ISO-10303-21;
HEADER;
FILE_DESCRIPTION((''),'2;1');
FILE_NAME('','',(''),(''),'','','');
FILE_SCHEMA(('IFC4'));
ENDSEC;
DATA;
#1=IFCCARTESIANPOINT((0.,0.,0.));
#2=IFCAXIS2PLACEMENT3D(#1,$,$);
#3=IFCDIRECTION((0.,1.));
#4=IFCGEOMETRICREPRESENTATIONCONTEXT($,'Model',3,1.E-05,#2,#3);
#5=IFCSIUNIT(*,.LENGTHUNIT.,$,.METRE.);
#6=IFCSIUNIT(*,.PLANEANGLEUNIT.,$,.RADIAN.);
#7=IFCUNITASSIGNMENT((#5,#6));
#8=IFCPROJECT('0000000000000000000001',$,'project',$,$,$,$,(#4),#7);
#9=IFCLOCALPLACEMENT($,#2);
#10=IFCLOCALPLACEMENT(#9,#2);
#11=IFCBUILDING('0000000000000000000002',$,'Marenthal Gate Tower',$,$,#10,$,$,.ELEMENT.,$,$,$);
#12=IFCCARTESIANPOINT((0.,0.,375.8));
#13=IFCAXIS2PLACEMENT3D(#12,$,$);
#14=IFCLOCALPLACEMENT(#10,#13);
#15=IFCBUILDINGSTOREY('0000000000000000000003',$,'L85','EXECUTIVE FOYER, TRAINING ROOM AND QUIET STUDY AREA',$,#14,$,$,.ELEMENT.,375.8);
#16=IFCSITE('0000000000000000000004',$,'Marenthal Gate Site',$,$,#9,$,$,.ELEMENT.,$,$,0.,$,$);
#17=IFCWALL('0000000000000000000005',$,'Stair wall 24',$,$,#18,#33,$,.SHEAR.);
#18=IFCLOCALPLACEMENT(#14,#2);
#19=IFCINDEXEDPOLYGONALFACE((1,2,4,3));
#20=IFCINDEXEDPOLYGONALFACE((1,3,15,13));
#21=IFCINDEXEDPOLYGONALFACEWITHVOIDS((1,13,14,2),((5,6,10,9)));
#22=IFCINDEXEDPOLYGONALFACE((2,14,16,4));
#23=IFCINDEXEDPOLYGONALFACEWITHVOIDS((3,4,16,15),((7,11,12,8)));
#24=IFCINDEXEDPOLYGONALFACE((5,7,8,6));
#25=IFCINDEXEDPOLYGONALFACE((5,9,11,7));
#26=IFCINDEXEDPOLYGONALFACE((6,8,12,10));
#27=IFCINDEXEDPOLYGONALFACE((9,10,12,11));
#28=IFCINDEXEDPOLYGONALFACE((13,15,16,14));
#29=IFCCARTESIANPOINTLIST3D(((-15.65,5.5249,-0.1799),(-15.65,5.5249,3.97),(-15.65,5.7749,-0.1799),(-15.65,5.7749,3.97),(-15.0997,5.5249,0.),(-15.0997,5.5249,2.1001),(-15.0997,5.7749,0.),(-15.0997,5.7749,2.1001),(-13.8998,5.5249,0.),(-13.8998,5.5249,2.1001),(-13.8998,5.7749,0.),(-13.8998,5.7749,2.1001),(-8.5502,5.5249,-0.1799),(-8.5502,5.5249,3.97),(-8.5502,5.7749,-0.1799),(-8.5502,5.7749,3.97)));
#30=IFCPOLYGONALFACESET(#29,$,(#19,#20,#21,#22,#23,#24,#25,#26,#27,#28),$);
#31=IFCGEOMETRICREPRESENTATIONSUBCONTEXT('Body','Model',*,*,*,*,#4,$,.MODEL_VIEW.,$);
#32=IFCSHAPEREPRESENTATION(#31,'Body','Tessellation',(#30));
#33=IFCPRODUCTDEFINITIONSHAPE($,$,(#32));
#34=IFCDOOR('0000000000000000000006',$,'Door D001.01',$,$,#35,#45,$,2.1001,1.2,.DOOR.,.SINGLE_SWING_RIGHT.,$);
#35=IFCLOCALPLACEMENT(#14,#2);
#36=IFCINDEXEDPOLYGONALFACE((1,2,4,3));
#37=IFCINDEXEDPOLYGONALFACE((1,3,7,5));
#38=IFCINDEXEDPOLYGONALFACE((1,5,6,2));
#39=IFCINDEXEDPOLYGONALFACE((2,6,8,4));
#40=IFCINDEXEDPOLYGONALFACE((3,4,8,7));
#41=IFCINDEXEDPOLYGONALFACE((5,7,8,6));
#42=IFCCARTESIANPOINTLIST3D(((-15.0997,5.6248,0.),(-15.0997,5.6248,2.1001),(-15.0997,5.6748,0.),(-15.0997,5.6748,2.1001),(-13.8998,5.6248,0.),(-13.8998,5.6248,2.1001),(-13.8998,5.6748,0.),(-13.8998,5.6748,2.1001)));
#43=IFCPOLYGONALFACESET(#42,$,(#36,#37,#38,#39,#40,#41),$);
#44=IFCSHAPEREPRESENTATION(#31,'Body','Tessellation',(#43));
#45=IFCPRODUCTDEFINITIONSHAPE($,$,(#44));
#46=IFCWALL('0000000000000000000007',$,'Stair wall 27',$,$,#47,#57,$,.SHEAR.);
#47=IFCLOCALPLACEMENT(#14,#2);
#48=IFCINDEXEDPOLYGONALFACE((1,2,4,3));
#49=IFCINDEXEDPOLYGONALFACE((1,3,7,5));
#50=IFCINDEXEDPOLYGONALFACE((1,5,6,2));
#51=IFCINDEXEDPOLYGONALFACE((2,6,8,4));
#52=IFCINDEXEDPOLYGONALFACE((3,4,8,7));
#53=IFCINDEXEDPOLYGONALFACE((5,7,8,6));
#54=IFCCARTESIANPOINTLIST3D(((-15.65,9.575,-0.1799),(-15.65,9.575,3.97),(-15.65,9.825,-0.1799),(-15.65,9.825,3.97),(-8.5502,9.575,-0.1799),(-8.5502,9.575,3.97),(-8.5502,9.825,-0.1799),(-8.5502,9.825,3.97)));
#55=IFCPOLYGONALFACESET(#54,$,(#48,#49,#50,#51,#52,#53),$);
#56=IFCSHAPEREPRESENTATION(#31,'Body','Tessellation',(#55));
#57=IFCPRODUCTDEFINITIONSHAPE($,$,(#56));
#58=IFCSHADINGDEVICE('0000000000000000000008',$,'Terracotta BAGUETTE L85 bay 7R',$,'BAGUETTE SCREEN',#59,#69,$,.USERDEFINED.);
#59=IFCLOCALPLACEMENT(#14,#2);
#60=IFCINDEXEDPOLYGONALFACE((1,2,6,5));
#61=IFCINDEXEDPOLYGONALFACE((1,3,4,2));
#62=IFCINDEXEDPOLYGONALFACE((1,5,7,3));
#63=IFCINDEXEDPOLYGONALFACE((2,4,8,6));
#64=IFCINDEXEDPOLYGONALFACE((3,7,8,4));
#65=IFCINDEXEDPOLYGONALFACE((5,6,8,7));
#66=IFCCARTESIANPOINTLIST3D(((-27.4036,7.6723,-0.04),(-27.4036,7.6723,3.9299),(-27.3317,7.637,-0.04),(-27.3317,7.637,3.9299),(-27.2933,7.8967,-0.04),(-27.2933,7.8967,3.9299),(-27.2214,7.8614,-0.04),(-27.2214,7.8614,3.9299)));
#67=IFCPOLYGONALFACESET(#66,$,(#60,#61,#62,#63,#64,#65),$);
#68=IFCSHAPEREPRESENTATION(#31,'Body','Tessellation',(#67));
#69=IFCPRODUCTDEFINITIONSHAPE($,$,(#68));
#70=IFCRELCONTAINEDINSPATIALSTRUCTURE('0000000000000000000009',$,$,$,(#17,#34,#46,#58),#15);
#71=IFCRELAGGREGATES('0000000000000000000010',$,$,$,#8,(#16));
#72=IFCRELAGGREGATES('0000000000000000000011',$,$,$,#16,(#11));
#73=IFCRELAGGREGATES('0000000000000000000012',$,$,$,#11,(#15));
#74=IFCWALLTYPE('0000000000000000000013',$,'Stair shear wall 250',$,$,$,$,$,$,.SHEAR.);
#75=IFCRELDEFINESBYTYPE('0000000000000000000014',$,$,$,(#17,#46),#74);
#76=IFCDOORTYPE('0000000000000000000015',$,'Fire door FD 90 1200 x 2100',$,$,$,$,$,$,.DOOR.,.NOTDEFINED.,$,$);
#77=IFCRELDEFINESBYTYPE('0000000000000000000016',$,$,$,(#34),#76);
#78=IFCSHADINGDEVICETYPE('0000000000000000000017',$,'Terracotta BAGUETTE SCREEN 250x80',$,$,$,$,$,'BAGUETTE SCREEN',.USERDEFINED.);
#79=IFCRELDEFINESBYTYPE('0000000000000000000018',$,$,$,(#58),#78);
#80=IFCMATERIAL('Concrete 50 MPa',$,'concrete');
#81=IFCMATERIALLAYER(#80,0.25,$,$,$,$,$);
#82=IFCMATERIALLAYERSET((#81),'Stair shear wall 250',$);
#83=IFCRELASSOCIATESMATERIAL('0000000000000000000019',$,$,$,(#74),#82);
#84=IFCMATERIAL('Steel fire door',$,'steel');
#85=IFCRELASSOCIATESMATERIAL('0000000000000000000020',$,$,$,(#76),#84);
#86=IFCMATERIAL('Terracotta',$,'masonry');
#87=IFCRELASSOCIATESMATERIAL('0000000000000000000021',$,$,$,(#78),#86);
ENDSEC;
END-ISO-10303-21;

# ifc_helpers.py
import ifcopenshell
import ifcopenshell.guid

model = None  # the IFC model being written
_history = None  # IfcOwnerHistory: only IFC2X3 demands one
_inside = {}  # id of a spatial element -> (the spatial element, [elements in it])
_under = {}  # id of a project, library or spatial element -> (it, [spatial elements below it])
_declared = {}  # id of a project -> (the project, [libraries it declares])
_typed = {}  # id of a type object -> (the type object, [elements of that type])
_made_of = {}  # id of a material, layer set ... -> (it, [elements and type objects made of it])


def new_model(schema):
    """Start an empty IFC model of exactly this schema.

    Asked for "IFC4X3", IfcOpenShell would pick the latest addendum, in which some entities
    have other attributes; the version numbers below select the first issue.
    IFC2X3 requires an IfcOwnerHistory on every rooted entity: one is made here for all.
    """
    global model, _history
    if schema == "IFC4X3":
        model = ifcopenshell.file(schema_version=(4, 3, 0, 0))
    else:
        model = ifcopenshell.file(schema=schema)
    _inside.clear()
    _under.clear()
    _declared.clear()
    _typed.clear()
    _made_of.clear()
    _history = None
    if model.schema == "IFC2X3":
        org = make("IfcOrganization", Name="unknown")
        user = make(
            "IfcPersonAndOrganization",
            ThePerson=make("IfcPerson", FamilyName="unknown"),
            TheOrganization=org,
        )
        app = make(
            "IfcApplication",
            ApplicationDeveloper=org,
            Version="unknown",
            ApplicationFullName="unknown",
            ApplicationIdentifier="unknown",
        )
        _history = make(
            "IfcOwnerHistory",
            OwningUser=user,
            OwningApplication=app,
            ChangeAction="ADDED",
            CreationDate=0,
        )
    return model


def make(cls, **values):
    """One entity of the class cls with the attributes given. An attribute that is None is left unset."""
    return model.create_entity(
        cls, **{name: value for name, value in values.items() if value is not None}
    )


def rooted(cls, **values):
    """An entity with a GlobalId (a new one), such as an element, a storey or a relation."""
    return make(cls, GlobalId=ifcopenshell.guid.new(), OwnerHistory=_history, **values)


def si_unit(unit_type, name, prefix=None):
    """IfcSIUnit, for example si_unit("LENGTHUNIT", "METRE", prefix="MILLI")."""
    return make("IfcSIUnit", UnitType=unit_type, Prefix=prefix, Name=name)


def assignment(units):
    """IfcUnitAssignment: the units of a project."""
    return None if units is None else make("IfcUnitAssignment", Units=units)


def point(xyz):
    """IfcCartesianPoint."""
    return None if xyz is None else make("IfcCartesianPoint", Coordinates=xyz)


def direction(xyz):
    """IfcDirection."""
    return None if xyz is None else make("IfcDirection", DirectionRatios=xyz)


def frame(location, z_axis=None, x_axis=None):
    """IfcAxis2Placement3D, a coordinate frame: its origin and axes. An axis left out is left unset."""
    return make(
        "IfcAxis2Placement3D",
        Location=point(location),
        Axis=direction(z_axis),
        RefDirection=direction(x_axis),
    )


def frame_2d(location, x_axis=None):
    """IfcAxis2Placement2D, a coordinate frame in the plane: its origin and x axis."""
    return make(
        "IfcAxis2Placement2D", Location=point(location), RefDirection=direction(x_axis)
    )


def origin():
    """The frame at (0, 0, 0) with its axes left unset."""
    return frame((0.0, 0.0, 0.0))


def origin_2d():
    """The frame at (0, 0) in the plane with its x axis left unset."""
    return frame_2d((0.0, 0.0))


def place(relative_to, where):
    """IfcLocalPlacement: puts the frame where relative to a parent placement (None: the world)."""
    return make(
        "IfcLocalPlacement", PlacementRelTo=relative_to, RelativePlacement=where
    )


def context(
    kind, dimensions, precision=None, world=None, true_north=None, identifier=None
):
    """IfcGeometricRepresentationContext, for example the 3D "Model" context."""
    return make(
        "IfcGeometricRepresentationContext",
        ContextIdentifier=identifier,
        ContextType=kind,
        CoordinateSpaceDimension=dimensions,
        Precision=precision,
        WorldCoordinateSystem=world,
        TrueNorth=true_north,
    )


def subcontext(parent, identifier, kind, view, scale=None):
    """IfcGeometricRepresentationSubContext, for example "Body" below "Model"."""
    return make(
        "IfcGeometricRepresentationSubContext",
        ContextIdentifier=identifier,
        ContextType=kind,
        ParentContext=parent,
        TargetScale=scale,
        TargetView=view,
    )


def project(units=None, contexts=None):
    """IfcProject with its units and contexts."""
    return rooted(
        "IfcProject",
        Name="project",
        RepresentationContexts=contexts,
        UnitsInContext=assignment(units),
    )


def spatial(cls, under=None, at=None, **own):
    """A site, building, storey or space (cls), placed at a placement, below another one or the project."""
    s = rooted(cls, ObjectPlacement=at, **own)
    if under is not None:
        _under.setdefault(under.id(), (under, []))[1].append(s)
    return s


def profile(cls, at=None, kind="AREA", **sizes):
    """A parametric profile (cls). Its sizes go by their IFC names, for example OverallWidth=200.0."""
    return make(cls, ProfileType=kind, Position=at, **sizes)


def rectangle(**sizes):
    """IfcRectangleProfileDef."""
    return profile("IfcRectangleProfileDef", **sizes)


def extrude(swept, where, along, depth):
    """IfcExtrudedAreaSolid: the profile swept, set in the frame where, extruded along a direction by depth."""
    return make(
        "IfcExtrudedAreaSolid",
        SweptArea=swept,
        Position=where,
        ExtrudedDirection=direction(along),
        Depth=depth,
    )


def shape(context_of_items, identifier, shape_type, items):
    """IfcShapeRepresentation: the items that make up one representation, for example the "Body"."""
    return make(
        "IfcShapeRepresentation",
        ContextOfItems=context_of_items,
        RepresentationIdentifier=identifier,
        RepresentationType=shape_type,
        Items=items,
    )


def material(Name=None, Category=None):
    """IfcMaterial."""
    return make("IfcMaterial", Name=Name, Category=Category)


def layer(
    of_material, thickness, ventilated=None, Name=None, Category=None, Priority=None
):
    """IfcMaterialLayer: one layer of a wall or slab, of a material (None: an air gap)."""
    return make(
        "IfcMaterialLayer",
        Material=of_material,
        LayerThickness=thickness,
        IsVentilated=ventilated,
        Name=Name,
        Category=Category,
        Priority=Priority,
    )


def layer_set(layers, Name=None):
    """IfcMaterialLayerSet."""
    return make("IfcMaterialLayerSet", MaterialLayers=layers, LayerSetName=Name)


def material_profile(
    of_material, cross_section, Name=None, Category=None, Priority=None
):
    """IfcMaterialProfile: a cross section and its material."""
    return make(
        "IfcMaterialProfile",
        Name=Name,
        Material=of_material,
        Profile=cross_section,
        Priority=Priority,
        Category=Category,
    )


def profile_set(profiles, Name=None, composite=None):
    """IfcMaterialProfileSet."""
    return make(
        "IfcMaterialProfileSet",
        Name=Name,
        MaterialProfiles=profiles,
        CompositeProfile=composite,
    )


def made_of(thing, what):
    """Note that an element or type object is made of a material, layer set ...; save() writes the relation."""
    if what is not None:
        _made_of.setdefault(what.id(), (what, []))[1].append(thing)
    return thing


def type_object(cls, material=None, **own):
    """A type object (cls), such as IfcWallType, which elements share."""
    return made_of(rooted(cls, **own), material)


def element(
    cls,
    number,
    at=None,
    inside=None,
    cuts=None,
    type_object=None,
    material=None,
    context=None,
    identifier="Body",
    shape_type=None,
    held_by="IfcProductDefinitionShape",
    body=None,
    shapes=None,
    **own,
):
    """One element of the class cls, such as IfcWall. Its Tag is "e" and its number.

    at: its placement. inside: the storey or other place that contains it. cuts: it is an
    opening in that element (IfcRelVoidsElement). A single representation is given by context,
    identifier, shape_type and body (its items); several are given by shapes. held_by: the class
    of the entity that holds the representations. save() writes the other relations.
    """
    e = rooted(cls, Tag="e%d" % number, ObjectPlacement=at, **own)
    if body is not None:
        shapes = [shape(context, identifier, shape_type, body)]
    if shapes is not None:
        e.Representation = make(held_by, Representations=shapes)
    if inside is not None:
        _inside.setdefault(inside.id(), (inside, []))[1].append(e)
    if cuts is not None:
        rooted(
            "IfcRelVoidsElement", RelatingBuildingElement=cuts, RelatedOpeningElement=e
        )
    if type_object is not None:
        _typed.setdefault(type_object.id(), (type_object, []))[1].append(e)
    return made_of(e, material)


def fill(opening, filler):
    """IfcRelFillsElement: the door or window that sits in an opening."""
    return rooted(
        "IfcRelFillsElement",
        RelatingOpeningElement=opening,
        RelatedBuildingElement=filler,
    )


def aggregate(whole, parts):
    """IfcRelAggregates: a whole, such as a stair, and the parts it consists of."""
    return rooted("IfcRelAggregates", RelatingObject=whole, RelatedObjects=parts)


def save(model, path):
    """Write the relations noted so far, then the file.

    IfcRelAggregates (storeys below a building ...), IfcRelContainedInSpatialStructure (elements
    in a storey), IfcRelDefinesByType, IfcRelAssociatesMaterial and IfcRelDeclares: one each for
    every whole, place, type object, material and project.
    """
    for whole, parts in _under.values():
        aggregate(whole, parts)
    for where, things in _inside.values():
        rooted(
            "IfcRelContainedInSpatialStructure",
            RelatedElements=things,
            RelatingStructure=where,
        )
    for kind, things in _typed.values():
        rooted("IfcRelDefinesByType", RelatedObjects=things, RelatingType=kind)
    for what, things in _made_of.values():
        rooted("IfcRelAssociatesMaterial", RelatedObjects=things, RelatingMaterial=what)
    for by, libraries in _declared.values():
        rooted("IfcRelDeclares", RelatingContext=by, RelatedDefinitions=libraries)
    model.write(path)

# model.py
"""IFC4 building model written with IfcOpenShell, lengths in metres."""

from ifc_helpers import new_model, si_unit, direction, frame, frame_2d, origin, origin_2d, place, context, subcontext, project, spatial, rectangle, extrude, material, layer, layer_set, material_profile, profile_set, type_object, element, fill, save


model = new_model("IFC4")

# Units and contexts
model_context = context("Model", 3, precision=1e-05, world=origin(), true_north=direction((0.0, 1.0)))
body_context = subcontext(model_context, "Body", "Model", "MODEL_VIEW")
ifc_project = project(units=[si_unit("LENGTHUNIT", "METRE"), si_unit("PLANEANGLEUNIT", "RADIAN")], contexts=[model_context])

# Site, building, storey
site_placement = place(None, origin())
site = spatial("IfcSite", under=ifc_project, at=site_placement, Name="Marenthal Gate Site", CompositionType="ELEMENT", RefElevation=0.0)
building_placement = place(site_placement, origin())
building = spatial("IfcBuilding", under=site, at=building_placement, Name="Marenthal Gate Tower", CompositionType="ELEMENT")
storey_placement = place(building_placement, frame((0.0, 0.0, 375.8)))
storey = spatial("IfcBuildingStorey", under=building, at=storey_placement, Name="L85", Description="EXECUTIVE FOYER, TRAINING ROOM AND QUIET STUDY AREA", CompositionType="ELEMENT", Elevation=375.8)

# Wall, opening, door
ifc_material_1 = material(Name="Concrete 50 MPa", Category="concrete")
ifc_layer_1 = layer(ifc_material_1, 0.25)
ifc_layer_set_1 = layer_set([ifc_layer_1], Name="Stair shear wall 250")
wall_type_1 = type_object("IfcWallType", Name="Stair shear wall 250", PredefinedType="SHEAR", material=ifc_layer_set_1)
wall_1_placement = place(storey_placement, frame((-15.6499, 5.6499, -0.1799), z_axis=(0.0, 0.0, 1.0), x_axis=(1.0, 0.0, 0.0)))
wall_1 = element("IfcWall", 1, at=wall_1_placement, inside=storey, type_object=wall_type_1, Name="Stair wall 24", PredefinedType="SHEAR", context=body_context, shape_type="SweptSolid", body=[
    extrude(rectangle(XDim=7.0999, YDim=0.25, at=frame_2d((3.5498, 0.0))), origin(), (0.0, 0.0, 1.0), 4.1499),
])
opening_placement = place(wall_1_placement, frame((0.55, 0.0, 0.1799)))
opening = element("IfcOpeningElement", 2, at=opening_placement, cuts=wall_1, PredefinedType="OPENING", context=body_context, shape_type="SweptSolid", body=[
    extrude(rectangle(XDim=1.2, YDim=2.1001, at=frame_2d((0.6001, 1.05))), frame((0.0, 0.135, 0.0), z_axis=(0.0, -1.0, 0.0), x_axis=(1.0, 0.0, 0.0)), (0.0, 0.0, 1.0), 0.27),
])
ifc_material_2 = material(Name="Steel fire door", Category="steel")
door_type = type_object("IfcDoorType", Name="Fire door FD 90 1200 x 2100", OperationType="NOTDEFINED", PredefinedType="DOOR", material=ifc_material_2)
door_placement = place(opening_placement, origin())
door = element("IfcDoor", 3, at=door_placement, inside=storey, type_object=door_type, Name="Door D001.01", OperationType="SINGLE_SWING_RIGHT", OverallHeight=2.1001, OverallWidth=1.2, PredefinedType="DOOR", context=body_context, shape_type="SweptSolid", body=[
    extrude(rectangle(XDim=1.2, YDim=2.1001, at=frame_2d((0.6001, 1.05))), frame((0.0, 0.0249, 0.0), z_axis=(0.0, -1.0, 0.0), x_axis=(1.0, 0.0, 0.0)), (0.0, 0.0, 1.0), 0.05),
])
fill(opening, door)

# Wall
wall_2_placement = place(storey_placement, frame((-15.6499, 9.7, -0.1799), z_axis=(0.0, 0.0, 1.0), x_axis=(1.0, 0.0, 0.0)))
element("IfcWall", 4, at=wall_2_placement, inside=storey, type_object=wall_type_1, Name="Stair wall 27", PredefinedType="SHEAR", context=body_context, shape_type="SweptSolid", body=[
    extrude(rectangle(XDim=7.0999, YDim=0.25, at=frame_2d((3.5498, 0.0))), origin(), (0.0, 0.0, 1.0), 4.1499),
])

# Shading device
ifc_material_3 = material(Name="Terracotta", Category="masonry")
ifc_material_profile_1 = material_profile(ifc_material_3, rectangle(XDim=0.25, YDim=0.0801, at=origin_2d()), Name="Terracotta baguette 250x80")
ifc_profile_set_1 = profile_set([ifc_material_profile_1], Name="Terracotta")
shading_device_type = type_object("IfcShadingDeviceType", Name="Terracotta BAGUETTE SCREEN 250x80", ElementType="BAGUETTE SCREEN", PredefinedType="USERDEFINED", material=ifc_profile_set_1)
shading_device_placement = place(storey_placement, frame((-27.3125, 7.7668, -0.04), z_axis=(0.0, 0.0, 1.0), x_axis=(-0.440939, -0.897537, 0.0)))
element("IfcShadingDevice", 5, at=shading_device_placement, inside=storey, type_object=shading_device_type, Name="Terracotta BAGUETTE L85 bay 7R", ObjectType="BAGUETTE SCREEN", PredefinedType="USERDEFINED", context=body_context, shape_type="SweptSolid", body=[
    extrude(rectangle(XDim=0.25, YDim=0.0801, at=origin_2d()), origin(), (0.0, 0.0, 1.0), 3.97),
])

save(model, "model.ifc")
